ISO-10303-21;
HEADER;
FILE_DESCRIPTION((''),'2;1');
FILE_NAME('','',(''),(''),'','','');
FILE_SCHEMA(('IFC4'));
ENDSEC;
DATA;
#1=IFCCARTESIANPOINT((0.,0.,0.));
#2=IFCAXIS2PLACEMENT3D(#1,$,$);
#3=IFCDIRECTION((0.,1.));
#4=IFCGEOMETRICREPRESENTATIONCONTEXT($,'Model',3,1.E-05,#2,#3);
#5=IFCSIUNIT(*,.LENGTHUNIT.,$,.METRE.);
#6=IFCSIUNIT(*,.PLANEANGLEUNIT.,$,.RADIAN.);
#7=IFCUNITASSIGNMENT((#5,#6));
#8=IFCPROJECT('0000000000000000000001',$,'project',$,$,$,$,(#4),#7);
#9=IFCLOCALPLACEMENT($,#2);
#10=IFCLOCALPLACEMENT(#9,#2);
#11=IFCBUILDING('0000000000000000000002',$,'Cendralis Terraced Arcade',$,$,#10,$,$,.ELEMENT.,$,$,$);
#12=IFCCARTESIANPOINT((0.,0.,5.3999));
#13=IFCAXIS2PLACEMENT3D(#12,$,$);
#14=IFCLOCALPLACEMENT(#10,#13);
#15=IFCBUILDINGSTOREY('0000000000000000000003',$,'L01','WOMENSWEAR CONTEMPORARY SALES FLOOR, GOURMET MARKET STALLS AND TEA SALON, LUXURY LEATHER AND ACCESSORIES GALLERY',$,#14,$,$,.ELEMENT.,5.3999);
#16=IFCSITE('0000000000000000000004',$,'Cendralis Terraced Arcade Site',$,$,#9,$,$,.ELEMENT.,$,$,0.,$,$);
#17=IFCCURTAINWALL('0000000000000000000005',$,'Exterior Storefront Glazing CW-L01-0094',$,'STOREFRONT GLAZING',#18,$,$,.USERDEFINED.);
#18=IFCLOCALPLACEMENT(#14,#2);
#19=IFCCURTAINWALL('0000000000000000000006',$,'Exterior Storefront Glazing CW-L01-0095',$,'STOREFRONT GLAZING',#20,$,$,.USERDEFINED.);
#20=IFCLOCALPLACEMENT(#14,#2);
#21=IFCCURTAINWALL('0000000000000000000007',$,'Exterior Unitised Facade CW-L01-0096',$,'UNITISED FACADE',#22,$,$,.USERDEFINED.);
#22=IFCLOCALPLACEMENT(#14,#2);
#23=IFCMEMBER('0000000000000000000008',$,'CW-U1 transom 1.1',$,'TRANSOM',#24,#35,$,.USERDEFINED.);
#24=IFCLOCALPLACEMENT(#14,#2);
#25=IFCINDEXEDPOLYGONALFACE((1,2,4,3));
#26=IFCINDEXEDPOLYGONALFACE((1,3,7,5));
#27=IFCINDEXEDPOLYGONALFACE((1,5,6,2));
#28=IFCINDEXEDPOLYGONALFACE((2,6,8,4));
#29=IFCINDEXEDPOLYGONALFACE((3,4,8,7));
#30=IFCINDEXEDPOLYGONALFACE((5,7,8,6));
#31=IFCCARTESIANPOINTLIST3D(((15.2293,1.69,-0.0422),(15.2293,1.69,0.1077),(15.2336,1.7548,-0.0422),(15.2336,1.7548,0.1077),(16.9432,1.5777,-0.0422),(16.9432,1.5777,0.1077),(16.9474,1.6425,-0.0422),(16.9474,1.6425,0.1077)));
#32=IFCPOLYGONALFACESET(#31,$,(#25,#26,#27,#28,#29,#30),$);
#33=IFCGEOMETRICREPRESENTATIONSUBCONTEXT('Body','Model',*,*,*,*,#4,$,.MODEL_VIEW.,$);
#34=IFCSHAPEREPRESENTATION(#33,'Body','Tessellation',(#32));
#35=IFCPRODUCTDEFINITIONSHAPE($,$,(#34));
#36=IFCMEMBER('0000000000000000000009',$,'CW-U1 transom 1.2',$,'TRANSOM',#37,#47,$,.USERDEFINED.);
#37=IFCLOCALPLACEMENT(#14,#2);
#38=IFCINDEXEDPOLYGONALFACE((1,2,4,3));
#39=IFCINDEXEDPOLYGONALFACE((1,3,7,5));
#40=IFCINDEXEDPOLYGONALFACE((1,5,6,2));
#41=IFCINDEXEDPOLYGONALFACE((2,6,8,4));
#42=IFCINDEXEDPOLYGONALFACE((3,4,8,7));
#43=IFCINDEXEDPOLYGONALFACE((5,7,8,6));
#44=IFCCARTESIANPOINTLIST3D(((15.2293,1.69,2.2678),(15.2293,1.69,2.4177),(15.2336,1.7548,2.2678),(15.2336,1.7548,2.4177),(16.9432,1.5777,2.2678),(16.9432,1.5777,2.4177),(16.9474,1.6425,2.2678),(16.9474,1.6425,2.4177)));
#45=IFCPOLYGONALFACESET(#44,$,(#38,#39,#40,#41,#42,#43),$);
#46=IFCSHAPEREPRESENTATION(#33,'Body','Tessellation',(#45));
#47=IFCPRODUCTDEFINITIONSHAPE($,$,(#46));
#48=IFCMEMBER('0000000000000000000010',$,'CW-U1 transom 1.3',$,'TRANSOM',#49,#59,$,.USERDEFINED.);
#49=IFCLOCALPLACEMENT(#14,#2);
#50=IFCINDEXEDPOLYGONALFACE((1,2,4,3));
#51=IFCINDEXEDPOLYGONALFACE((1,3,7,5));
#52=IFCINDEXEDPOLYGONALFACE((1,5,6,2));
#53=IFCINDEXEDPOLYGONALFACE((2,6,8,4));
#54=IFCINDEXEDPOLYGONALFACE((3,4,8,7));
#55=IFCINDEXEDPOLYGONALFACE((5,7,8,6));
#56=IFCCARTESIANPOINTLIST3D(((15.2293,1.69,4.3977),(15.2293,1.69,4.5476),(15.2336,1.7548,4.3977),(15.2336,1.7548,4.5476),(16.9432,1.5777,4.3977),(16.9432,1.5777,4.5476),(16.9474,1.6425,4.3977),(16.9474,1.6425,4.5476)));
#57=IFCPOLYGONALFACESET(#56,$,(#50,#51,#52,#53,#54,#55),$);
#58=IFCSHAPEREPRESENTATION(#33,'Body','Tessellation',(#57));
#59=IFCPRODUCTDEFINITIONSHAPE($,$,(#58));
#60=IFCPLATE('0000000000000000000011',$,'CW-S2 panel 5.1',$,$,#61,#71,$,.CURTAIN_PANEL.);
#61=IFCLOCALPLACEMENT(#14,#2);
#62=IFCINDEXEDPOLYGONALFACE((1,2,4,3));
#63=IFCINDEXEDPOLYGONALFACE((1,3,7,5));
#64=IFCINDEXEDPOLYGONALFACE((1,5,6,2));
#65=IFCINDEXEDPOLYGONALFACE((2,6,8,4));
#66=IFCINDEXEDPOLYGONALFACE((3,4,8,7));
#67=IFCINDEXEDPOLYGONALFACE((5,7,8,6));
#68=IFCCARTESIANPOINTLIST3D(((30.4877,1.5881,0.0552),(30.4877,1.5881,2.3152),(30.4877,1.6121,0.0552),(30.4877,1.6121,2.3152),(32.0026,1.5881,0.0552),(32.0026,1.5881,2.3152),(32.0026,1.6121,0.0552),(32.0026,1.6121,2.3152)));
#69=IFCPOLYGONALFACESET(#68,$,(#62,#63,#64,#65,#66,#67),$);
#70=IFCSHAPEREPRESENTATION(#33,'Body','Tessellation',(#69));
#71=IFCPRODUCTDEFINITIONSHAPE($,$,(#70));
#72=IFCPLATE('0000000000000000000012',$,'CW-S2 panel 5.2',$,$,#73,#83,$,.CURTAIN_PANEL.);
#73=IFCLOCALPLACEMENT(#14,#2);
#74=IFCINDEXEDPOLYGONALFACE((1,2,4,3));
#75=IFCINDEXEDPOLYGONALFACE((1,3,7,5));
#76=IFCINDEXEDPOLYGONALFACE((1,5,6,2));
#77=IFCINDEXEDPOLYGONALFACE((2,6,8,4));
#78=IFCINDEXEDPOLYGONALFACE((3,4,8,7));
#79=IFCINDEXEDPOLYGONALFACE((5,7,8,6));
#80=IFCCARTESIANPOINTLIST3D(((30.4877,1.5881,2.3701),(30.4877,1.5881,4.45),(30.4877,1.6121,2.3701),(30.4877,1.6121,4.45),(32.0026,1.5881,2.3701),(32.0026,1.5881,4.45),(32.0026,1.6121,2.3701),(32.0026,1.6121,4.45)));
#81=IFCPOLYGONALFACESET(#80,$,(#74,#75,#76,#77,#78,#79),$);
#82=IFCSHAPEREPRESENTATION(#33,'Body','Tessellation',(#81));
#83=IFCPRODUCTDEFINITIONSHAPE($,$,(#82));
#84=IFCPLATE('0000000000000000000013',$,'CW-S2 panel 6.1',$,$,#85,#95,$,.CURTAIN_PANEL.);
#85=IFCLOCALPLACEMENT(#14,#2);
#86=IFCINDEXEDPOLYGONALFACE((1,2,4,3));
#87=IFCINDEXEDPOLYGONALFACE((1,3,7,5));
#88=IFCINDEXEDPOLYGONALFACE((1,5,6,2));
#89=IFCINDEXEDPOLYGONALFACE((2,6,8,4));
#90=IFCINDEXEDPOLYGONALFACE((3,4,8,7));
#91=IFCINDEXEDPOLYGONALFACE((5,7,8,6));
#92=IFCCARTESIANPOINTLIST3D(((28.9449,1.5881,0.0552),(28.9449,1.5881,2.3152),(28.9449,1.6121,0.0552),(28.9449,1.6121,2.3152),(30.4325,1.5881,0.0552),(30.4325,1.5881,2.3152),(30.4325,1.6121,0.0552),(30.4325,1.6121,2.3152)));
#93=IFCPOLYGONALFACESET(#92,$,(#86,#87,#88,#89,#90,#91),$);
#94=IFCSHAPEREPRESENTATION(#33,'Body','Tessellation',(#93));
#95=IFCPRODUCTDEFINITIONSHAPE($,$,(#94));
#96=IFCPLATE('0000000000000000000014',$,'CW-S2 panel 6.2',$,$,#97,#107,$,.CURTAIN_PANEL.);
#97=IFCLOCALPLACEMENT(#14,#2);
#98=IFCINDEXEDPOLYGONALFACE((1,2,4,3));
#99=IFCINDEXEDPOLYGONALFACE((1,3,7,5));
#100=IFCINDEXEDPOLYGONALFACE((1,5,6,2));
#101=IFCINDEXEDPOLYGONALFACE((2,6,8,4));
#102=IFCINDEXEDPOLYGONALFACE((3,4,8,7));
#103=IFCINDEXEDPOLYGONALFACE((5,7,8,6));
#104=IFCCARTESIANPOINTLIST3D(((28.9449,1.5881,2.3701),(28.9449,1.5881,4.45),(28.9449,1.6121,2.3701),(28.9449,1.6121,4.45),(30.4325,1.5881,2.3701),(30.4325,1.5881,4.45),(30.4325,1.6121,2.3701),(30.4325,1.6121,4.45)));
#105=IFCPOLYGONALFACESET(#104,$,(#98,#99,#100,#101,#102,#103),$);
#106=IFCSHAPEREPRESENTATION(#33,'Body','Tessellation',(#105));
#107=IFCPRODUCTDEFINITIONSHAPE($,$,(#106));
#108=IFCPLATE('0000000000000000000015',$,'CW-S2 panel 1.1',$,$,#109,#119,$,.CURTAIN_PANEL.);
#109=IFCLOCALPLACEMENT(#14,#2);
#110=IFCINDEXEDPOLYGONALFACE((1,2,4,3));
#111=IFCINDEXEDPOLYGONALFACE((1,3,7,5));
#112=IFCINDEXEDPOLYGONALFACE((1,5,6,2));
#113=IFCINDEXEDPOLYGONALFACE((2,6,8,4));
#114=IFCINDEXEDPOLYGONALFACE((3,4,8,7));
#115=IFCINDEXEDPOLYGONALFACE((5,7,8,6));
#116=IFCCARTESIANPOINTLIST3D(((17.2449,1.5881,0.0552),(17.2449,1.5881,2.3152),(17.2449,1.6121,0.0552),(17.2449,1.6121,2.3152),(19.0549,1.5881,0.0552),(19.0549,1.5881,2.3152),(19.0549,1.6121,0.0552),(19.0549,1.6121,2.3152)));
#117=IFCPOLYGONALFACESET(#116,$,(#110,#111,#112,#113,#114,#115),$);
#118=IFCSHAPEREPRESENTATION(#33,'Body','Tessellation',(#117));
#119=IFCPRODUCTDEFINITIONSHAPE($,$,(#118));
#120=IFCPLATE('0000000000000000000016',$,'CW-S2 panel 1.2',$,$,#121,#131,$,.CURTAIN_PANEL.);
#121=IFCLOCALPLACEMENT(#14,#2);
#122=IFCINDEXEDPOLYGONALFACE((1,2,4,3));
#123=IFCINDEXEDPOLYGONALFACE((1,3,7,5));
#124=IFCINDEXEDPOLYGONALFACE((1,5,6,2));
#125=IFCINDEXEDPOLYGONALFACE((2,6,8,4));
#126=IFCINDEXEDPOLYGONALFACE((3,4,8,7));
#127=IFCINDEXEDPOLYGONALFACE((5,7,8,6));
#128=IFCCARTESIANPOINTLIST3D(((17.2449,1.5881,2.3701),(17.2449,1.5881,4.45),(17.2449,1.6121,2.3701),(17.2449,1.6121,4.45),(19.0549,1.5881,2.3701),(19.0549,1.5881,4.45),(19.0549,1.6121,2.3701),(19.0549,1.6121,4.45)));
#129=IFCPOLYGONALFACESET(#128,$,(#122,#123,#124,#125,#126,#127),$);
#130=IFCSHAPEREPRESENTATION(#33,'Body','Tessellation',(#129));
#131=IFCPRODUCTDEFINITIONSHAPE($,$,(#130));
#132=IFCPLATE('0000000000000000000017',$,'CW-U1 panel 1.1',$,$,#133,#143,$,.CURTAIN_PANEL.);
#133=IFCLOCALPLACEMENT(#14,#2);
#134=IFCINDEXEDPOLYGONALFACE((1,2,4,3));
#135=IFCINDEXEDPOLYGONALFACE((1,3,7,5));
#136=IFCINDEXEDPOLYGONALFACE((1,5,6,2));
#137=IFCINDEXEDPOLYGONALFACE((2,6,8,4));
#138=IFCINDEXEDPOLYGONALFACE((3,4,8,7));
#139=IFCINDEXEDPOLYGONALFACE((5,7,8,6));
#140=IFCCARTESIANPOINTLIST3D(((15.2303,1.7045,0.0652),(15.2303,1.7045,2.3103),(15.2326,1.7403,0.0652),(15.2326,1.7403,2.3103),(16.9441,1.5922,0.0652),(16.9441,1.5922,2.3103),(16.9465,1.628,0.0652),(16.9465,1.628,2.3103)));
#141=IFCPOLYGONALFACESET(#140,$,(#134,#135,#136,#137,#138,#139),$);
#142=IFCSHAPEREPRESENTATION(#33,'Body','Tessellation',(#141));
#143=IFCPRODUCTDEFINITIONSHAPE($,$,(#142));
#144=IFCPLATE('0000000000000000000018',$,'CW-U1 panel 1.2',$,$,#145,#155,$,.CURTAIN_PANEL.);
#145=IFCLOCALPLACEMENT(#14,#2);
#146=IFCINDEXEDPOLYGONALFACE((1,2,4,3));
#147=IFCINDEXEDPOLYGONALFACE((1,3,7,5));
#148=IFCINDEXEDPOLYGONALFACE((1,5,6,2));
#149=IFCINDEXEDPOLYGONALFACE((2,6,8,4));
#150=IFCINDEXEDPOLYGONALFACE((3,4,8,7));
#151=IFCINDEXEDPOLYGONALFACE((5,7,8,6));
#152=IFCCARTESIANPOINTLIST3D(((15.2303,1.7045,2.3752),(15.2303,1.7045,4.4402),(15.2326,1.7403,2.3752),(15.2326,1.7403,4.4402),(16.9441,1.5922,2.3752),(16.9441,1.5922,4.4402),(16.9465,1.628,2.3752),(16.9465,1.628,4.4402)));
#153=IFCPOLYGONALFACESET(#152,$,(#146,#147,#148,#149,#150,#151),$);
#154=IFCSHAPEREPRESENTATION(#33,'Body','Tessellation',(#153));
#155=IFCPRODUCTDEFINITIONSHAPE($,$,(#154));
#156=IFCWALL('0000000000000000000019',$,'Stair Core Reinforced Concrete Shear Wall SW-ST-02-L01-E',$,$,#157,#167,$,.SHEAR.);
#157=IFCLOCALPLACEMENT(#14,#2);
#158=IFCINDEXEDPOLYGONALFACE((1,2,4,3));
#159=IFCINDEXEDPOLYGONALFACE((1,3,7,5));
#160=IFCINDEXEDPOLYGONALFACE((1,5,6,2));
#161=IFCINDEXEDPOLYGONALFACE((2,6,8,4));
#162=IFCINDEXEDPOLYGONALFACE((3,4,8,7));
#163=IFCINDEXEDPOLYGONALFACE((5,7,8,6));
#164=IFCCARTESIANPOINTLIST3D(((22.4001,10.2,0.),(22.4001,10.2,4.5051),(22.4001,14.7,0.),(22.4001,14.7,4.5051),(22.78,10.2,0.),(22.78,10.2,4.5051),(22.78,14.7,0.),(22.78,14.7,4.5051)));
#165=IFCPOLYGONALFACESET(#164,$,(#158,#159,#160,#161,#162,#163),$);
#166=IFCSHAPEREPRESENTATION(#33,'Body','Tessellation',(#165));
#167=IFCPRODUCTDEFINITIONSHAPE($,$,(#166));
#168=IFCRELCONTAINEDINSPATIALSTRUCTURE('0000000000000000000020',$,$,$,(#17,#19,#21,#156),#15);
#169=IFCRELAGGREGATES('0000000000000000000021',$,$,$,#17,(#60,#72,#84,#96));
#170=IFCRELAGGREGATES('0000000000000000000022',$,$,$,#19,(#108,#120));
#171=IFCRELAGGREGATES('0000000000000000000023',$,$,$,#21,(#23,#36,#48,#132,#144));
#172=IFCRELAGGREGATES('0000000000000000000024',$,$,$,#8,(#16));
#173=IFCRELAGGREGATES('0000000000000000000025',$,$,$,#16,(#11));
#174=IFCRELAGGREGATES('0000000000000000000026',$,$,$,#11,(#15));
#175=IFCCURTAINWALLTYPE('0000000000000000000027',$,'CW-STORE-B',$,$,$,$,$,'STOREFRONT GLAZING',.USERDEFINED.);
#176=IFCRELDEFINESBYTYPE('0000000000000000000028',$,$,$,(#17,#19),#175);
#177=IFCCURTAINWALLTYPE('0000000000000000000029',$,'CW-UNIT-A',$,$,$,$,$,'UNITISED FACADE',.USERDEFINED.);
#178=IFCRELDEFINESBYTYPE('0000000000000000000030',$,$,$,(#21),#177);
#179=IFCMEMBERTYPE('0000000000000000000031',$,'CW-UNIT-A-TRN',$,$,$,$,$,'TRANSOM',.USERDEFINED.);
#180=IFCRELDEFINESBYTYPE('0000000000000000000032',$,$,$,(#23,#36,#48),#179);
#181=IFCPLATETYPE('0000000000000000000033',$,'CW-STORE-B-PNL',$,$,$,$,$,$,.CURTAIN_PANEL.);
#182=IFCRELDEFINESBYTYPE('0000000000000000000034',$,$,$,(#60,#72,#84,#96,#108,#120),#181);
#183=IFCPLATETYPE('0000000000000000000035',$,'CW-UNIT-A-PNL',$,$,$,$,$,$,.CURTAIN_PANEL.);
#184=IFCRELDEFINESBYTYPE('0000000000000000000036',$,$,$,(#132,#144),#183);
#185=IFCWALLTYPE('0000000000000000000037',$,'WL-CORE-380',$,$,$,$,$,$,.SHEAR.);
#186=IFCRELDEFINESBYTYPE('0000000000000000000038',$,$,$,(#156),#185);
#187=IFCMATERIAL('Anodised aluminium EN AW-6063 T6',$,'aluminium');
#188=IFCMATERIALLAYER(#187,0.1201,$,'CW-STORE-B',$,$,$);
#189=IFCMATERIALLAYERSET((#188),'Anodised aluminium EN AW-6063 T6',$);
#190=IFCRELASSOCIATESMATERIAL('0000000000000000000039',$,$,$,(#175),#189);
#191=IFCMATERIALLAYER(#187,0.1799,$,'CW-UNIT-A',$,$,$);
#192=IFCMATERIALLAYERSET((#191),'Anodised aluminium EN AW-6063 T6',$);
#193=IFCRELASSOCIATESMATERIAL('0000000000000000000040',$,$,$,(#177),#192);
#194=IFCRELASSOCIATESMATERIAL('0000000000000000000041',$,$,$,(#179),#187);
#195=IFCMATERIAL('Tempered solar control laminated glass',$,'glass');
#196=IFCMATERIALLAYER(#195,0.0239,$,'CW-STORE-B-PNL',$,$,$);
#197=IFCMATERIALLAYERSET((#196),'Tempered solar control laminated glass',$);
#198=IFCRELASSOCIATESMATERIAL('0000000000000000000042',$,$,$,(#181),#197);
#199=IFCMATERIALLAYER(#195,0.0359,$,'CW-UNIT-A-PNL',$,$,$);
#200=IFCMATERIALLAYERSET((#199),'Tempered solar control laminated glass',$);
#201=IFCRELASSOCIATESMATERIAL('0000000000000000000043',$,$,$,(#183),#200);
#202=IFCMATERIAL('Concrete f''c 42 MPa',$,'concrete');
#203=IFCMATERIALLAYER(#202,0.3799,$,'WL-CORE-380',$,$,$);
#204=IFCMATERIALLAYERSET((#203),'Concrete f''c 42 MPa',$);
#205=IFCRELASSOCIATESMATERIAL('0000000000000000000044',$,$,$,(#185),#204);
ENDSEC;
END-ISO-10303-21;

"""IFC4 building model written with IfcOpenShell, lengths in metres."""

from ifc_helpers import new_model, si_unit, direction, frame, frame_2d, origin, origin_2d, place, context, subcontext, project, spatial, rectangle, extrude, material, layer, layer_set, material_profile, profile_set, type_object, element, aggregate, save


model = new_model("IFC4")

# Units and contexts
model_context = context("Model", 3, precision=1e-05, world=origin(), true_north=direction((0.0, 1.0)))
body_context = subcontext(model_context, "Body", "Model", "MODEL_VIEW")
ifc_project = project(units=[si_unit("LENGTHUNIT", "METRE"), si_unit("PLANEANGLEUNIT", "RADIAN")], contexts=[model_context])

# Site, building, storey
site_placement = place(None, origin())
site = spatial("IfcSite", under=ifc_project, at=site_placement, Name="Cendralis Terraced Arcade Site", CompositionType="ELEMENT", RefElevation=0.0)
building_placement = place(site_placement, origin())
building = spatial("IfcBuilding", under=site, at=building_placement, Name="Cendralis Terraced Arcade", CompositionType="ELEMENT")
storey_placement = place(building_placement, frame((0.0, 0.0, 5.3999)))
storey = spatial("IfcBuildingStorey", under=building, at=storey_placement, Name="L01", Description="WOMENSWEAR CONTEMPORARY SALES FLOOR, GOURMET MARKET STALLS AND TEA SALON, LUXURY LEATHER AND ACCESSORIES GALLERY", CompositionType="ELEMENT", Elevation=5.3999)

# Shared definitions
ifc_material_1 = material(Name="Concrete f'c 42 MPa", Category="concrete")

# Curtain walls
ifc_material_2 = material(Name="Anodised aluminium EN AW-6063 T6", Category="aluminium")
ifc_layer_1 = layer(ifc_material_2, 0.1201, Name="CW-STORE-B")
ifc_layer_set_1 = layer_set([ifc_layer_1], Name="Anodised aluminium EN AW-6063 T6")
curtain_wall_type_1 = type_object("IfcCurtainWallType", Name="CW-STORE-B", ElementType="STOREFRONT GLAZING", PredefinedType="USERDEFINED", material=ifc_layer_set_1)
curtain_wall_1_placement = place(storey_placement, origin())
curtain_wall_1 = element("IfcCurtainWall", 1, at=curtain_wall_1_placement, inside=storey, type_object=curtain_wall_type_1, Name="Exterior Storefront Glazing CW-L01-0094", ObjectType="STOREFRONT GLAZING", PredefinedType="USERDEFINED")
curtain_wall_2_placement = place(storey_placement, origin())
curtain_wall_2 = element("IfcCurtainWall", 2, at=curtain_wall_2_placement, inside=storey, type_object=curtain_wall_type_1, Name="Exterior Storefront Glazing CW-L01-0095", ObjectType="STOREFRONT GLAZING", PredefinedType="USERDEFINED")

# Curtain wall, members
ifc_layer_2 = layer(ifc_material_2, 0.1799, Name="CW-UNIT-A")
ifc_layer_set_2 = layer_set([ifc_layer_2], Name="Anodised aluminium EN AW-6063 T6")
curtain_wall_type_2 = type_object("IfcCurtainWallType", Name="CW-UNIT-A", ElementType="UNITISED FACADE", PredefinedType="USERDEFINED", material=ifc_layer_set_2)
curtain_wall_3_placement = place(storey_placement, origin())
curtain_wall_3 = element("IfcCurtainWall", 3, at=curtain_wall_3_placement, inside=storey, type_object=curtain_wall_type_2, Name="Exterior Unitised Facade CW-L01-0096", ObjectType="UNITISED FACADE", PredefinedType="USERDEFINED")
ifc_material_profile_1 = material_profile(ifc_material_2, rectangle(XDim=0.0649, YDim=0.1499, at=origin_2d()), Name="ALU-TRN-65x150")
ifc_profile_set_1 = profile_set([ifc_material_profile_1], Name="Anodised aluminium EN AW-6063 T6")
member_type_1 = type_object("IfcMemberType", Name="CW-UNIT-A-TRN", ElementType="TRANSOM", PredefinedType="USERDEFINED", material=ifc_profile_set_1)
member_1_placement = place(storey_placement, frame((16.9453, 1.6101, 0.0327), z_axis=(-0.99786, 0.065387, 0.0), x_axis=(-0.065387, -0.99786, 0.0)))
member_1 = element("IfcMember", 4, at=member_1_placement, type_object=member_type_1, Name="CW-U1 transom 1.1", ObjectType="TRANSOM", PredefinedType="USERDEFINED", context=body_context, shape_type="SweptSolid", body=[
    extrude(rectangle(XDim=0.0649, YDim=0.1499, at=origin_2d()), origin(), (0.0, 0.0, 1.0), 1.7175),
])
member_2_placement = place(storey_placement, frame((16.9453, 1.6101, 2.3428), z_axis=(-0.99786, 0.065387, 0.0), x_axis=(-0.065387, -0.99786, 0.0)))
member_2 = element("IfcMember", 5, at=member_2_placement, type_object=member_type_1, Name="CW-U1 transom 1.2", ObjectType="TRANSOM", PredefinedType="USERDEFINED", context=body_context, shape_type="SweptSolid", body=[
    extrude(rectangle(XDim=0.0649, YDim=0.1499, at=origin_2d()), origin(), (0.0, 0.0, 1.0), 1.7175),
])
member_3_placement = place(storey_placement, frame((16.9453, 1.6101, 4.4727), z_axis=(-0.99786, 0.065387, 0.0), x_axis=(-0.065387, -0.99786, 0.0)))
member_3 = element("IfcMember", 6, at=member_3_placement, type_object=member_type_1, Name="CW-U1 transom 1.3", ObjectType="TRANSOM", PredefinedType="USERDEFINED", context=body_context, shape_type="SweptSolid", body=[
    extrude(rectangle(XDim=0.0649, YDim=0.1499, at=origin_2d()), origin(), (0.0, 0.0, 1.0), 1.7175),
])

# Plates
ifc_material_3 = material(Name="Tempered solar control laminated glass", Category="glass")
ifc_layer_3 = layer(ifc_material_3, 0.0239, Name="CW-STORE-B-PNL")
ifc_layer_set_3 = layer_set([ifc_layer_3], Name="Tempered solar control laminated glass")
plate_type_1 = type_object("IfcPlateType", Name="CW-STORE-B-PNL", PredefinedType="CURTAIN_PANEL", material=ifc_layer_set_3)
plate_1_placement = place(storey_placement, frame((31.2451, 1.6001, 0.0552), z_axis=(0.0, 0.0, 1.0), x_axis=(-1.0, 0.0, 0.0)))
plate_1 = element("IfcPlate", 7, at=plate_1_placement, type_object=plate_type_1, Name="CW-S2 panel 5.1", PredefinedType="CURTAIN_PANEL", context=body_context, shape_type="SweptSolid", body=[
    extrude(rectangle(XDim=1.5149, YDim=0.0239, at=origin_2d()), origin(), (0.0, 0.0, 1.0), 2.26),
])
plate_2_placement = place(storey_placement, frame((31.2451, 1.6001, 2.3701), z_axis=(0.0, 0.0, 1.0), x_axis=(-1.0, 0.0, 0.0)))
plate_2 = element("IfcPlate", 8, at=plate_2_placement, type_object=plate_type_1, Name="CW-S2 panel 5.2", PredefinedType="CURTAIN_PANEL", context=body_context, shape_type="SweptSolid", body=[
    extrude(rectangle(XDim=1.5149, YDim=0.0239, at=origin_2d()), origin(), (0.0, 0.0, 1.0), 2.0798),
])
plate_3_placement = place(storey_placement, frame((29.6887, 1.6001, 0.0552), z_axis=(0.0, 0.0, 1.0), x_axis=(-1.0, 0.0, 0.0)))
plate_3 = element("IfcPlate", 9, at=plate_3_placement, type_object=plate_type_1, Name="CW-S2 panel 6.1", PredefinedType="CURTAIN_PANEL", context=body_context, shape_type="SweptSolid", body=[
    extrude(rectangle(XDim=1.4875, YDim=0.0239, at=origin_2d()), origin(), (0.0, 0.0, 1.0), 2.26),
])
plate_4_placement = place(storey_placement, frame((29.6887, 1.6001, 2.3701), z_axis=(0.0, 0.0, 1.0), x_axis=(-1.0, 0.0, 0.0)))
plate_4 = element("IfcPlate", 10, at=plate_4_placement, type_object=plate_type_1, Name="CW-S2 panel 6.2", PredefinedType="CURTAIN_PANEL", context=body_context, shape_type="SweptSolid", body=[
    extrude(rectangle(XDim=1.4875, YDim=0.0239, at=origin_2d()), origin(), (0.0, 0.0, 1.0), 2.0798),
])
aggregate(curtain_wall_1, [plate_1, plate_2, plate_3, plate_4])
plate_5_placement = place(storey_placement, frame((18.1499, 1.6001, 0.0552), z_axis=(0.0, 0.0, 1.0), x_axis=(-1.0, 0.0, 0.0)))
plate_5 = element("IfcPlate", 11, at=plate_5_placement, type_object=plate_type_1, Name="CW-S2 panel 1.1", PredefinedType="CURTAIN_PANEL", context=body_context, shape_type="SweptSolid", body=[
    extrude(rectangle(XDim=1.8101, YDim=0.0239, at=origin_2d()), origin(), (0.0, 0.0, 1.0), 2.26),
])
plate_6_placement = place(storey_placement, frame((18.1499, 1.6001, 2.3701), z_axis=(0.0, 0.0, 1.0), x_axis=(-1.0, 0.0, 0.0)))
plate_6 = element("IfcPlate", 12, at=plate_6_placement, type_object=plate_type_1, Name="CW-S2 panel 1.2", PredefinedType="CURTAIN_PANEL", context=body_context, shape_type="SweptSolid", body=[
    extrude(rectangle(XDim=1.8101, YDim=0.0239, at=origin_2d()), origin(), (0.0, 0.0, 1.0), 2.0798),
])
aggregate(curtain_wall_2, [plate_5, plate_6])
ifc_layer_4 = layer(ifc_material_3, 0.0359, Name="CW-UNIT-A-PNL")
ifc_layer_set_4 = layer_set([ifc_layer_4], Name="Tempered solar control laminated glass")
plate_type_2 = type_object("IfcPlateType", Name="CW-UNIT-A-PNL", PredefinedType="CURTAIN_PANEL", material=ifc_layer_set_4)
plate_7_placement = place(storey_placement, frame((16.0884, 1.6663, 0.0652), z_axis=(0.0, 0.0, 1.0), x_axis=(-0.99786, 0.065384, 0.0)))
plate_7 = element("IfcPlate", 13, at=plate_7_placement, type_object=plate_type_2, Name="CW-U1 panel 1.1", PredefinedType="CURTAIN_PANEL", context=body_context, shape_type="SweptSolid", body=[
    extrude(rectangle(XDim=1.7175, YDim=0.0359, at=origin_2d()), origin(), (0.0, 0.0, 1.0), 2.2451),
])
plate_8_placement = place(storey_placement, frame((16.0884, 1.6663, 2.3752), z_axis=(0.0, 0.0, 1.0), x_axis=(-0.99786, 0.065384, 0.0)))
plate_8 = element("IfcPlate", 14, at=plate_8_placement, type_object=plate_type_2, Name="CW-U1 panel 1.2", PredefinedType="CURTAIN_PANEL", context=body_context, shape_type="SweptSolid", body=[
    extrude(rectangle(XDim=1.7175, YDim=0.0359, at=origin_2d()), origin(), (0.0, 0.0, 1.0), 2.0649),
])
aggregate(curtain_wall_3, [member_1, member_2, member_3, plate_7, plate_8])

# Wall
ifc_layer_5 = layer(ifc_material_1, 0.3799, Name="WL-CORE-380")
ifc_layer_set_5 = layer_set([ifc_layer_5], Name="Concrete f'c 42 MPa")
wall_type_1 = type_object("IfcWallType", Name="WL-CORE-380", PredefinedType="SHEAR", material=ifc_layer_set_5)
wall_1_placement = place(storey_placement, frame((22.5901, 10.2, 0.0), z_axis=(0.0, 0.0, 1.0), x_axis=(0.0, 1.0, 0.0)))
element("IfcWall", 15, at=wall_1_placement, inside=storey, type_object=wall_type_1, Name="Stair Core Reinforced Concrete Shear Wall SW-ST-02-L01-E", PredefinedType="SHEAR", context=body_context, shape_type="SweptSolid", body=[
    extrude(rectangle(XDim=4.5, YDim=0.3799, at=frame_2d((2.25, 0.0))), origin(), (0.0, 0.0, 1.0), 4.5051),
])

save(model, "model.ifc")
